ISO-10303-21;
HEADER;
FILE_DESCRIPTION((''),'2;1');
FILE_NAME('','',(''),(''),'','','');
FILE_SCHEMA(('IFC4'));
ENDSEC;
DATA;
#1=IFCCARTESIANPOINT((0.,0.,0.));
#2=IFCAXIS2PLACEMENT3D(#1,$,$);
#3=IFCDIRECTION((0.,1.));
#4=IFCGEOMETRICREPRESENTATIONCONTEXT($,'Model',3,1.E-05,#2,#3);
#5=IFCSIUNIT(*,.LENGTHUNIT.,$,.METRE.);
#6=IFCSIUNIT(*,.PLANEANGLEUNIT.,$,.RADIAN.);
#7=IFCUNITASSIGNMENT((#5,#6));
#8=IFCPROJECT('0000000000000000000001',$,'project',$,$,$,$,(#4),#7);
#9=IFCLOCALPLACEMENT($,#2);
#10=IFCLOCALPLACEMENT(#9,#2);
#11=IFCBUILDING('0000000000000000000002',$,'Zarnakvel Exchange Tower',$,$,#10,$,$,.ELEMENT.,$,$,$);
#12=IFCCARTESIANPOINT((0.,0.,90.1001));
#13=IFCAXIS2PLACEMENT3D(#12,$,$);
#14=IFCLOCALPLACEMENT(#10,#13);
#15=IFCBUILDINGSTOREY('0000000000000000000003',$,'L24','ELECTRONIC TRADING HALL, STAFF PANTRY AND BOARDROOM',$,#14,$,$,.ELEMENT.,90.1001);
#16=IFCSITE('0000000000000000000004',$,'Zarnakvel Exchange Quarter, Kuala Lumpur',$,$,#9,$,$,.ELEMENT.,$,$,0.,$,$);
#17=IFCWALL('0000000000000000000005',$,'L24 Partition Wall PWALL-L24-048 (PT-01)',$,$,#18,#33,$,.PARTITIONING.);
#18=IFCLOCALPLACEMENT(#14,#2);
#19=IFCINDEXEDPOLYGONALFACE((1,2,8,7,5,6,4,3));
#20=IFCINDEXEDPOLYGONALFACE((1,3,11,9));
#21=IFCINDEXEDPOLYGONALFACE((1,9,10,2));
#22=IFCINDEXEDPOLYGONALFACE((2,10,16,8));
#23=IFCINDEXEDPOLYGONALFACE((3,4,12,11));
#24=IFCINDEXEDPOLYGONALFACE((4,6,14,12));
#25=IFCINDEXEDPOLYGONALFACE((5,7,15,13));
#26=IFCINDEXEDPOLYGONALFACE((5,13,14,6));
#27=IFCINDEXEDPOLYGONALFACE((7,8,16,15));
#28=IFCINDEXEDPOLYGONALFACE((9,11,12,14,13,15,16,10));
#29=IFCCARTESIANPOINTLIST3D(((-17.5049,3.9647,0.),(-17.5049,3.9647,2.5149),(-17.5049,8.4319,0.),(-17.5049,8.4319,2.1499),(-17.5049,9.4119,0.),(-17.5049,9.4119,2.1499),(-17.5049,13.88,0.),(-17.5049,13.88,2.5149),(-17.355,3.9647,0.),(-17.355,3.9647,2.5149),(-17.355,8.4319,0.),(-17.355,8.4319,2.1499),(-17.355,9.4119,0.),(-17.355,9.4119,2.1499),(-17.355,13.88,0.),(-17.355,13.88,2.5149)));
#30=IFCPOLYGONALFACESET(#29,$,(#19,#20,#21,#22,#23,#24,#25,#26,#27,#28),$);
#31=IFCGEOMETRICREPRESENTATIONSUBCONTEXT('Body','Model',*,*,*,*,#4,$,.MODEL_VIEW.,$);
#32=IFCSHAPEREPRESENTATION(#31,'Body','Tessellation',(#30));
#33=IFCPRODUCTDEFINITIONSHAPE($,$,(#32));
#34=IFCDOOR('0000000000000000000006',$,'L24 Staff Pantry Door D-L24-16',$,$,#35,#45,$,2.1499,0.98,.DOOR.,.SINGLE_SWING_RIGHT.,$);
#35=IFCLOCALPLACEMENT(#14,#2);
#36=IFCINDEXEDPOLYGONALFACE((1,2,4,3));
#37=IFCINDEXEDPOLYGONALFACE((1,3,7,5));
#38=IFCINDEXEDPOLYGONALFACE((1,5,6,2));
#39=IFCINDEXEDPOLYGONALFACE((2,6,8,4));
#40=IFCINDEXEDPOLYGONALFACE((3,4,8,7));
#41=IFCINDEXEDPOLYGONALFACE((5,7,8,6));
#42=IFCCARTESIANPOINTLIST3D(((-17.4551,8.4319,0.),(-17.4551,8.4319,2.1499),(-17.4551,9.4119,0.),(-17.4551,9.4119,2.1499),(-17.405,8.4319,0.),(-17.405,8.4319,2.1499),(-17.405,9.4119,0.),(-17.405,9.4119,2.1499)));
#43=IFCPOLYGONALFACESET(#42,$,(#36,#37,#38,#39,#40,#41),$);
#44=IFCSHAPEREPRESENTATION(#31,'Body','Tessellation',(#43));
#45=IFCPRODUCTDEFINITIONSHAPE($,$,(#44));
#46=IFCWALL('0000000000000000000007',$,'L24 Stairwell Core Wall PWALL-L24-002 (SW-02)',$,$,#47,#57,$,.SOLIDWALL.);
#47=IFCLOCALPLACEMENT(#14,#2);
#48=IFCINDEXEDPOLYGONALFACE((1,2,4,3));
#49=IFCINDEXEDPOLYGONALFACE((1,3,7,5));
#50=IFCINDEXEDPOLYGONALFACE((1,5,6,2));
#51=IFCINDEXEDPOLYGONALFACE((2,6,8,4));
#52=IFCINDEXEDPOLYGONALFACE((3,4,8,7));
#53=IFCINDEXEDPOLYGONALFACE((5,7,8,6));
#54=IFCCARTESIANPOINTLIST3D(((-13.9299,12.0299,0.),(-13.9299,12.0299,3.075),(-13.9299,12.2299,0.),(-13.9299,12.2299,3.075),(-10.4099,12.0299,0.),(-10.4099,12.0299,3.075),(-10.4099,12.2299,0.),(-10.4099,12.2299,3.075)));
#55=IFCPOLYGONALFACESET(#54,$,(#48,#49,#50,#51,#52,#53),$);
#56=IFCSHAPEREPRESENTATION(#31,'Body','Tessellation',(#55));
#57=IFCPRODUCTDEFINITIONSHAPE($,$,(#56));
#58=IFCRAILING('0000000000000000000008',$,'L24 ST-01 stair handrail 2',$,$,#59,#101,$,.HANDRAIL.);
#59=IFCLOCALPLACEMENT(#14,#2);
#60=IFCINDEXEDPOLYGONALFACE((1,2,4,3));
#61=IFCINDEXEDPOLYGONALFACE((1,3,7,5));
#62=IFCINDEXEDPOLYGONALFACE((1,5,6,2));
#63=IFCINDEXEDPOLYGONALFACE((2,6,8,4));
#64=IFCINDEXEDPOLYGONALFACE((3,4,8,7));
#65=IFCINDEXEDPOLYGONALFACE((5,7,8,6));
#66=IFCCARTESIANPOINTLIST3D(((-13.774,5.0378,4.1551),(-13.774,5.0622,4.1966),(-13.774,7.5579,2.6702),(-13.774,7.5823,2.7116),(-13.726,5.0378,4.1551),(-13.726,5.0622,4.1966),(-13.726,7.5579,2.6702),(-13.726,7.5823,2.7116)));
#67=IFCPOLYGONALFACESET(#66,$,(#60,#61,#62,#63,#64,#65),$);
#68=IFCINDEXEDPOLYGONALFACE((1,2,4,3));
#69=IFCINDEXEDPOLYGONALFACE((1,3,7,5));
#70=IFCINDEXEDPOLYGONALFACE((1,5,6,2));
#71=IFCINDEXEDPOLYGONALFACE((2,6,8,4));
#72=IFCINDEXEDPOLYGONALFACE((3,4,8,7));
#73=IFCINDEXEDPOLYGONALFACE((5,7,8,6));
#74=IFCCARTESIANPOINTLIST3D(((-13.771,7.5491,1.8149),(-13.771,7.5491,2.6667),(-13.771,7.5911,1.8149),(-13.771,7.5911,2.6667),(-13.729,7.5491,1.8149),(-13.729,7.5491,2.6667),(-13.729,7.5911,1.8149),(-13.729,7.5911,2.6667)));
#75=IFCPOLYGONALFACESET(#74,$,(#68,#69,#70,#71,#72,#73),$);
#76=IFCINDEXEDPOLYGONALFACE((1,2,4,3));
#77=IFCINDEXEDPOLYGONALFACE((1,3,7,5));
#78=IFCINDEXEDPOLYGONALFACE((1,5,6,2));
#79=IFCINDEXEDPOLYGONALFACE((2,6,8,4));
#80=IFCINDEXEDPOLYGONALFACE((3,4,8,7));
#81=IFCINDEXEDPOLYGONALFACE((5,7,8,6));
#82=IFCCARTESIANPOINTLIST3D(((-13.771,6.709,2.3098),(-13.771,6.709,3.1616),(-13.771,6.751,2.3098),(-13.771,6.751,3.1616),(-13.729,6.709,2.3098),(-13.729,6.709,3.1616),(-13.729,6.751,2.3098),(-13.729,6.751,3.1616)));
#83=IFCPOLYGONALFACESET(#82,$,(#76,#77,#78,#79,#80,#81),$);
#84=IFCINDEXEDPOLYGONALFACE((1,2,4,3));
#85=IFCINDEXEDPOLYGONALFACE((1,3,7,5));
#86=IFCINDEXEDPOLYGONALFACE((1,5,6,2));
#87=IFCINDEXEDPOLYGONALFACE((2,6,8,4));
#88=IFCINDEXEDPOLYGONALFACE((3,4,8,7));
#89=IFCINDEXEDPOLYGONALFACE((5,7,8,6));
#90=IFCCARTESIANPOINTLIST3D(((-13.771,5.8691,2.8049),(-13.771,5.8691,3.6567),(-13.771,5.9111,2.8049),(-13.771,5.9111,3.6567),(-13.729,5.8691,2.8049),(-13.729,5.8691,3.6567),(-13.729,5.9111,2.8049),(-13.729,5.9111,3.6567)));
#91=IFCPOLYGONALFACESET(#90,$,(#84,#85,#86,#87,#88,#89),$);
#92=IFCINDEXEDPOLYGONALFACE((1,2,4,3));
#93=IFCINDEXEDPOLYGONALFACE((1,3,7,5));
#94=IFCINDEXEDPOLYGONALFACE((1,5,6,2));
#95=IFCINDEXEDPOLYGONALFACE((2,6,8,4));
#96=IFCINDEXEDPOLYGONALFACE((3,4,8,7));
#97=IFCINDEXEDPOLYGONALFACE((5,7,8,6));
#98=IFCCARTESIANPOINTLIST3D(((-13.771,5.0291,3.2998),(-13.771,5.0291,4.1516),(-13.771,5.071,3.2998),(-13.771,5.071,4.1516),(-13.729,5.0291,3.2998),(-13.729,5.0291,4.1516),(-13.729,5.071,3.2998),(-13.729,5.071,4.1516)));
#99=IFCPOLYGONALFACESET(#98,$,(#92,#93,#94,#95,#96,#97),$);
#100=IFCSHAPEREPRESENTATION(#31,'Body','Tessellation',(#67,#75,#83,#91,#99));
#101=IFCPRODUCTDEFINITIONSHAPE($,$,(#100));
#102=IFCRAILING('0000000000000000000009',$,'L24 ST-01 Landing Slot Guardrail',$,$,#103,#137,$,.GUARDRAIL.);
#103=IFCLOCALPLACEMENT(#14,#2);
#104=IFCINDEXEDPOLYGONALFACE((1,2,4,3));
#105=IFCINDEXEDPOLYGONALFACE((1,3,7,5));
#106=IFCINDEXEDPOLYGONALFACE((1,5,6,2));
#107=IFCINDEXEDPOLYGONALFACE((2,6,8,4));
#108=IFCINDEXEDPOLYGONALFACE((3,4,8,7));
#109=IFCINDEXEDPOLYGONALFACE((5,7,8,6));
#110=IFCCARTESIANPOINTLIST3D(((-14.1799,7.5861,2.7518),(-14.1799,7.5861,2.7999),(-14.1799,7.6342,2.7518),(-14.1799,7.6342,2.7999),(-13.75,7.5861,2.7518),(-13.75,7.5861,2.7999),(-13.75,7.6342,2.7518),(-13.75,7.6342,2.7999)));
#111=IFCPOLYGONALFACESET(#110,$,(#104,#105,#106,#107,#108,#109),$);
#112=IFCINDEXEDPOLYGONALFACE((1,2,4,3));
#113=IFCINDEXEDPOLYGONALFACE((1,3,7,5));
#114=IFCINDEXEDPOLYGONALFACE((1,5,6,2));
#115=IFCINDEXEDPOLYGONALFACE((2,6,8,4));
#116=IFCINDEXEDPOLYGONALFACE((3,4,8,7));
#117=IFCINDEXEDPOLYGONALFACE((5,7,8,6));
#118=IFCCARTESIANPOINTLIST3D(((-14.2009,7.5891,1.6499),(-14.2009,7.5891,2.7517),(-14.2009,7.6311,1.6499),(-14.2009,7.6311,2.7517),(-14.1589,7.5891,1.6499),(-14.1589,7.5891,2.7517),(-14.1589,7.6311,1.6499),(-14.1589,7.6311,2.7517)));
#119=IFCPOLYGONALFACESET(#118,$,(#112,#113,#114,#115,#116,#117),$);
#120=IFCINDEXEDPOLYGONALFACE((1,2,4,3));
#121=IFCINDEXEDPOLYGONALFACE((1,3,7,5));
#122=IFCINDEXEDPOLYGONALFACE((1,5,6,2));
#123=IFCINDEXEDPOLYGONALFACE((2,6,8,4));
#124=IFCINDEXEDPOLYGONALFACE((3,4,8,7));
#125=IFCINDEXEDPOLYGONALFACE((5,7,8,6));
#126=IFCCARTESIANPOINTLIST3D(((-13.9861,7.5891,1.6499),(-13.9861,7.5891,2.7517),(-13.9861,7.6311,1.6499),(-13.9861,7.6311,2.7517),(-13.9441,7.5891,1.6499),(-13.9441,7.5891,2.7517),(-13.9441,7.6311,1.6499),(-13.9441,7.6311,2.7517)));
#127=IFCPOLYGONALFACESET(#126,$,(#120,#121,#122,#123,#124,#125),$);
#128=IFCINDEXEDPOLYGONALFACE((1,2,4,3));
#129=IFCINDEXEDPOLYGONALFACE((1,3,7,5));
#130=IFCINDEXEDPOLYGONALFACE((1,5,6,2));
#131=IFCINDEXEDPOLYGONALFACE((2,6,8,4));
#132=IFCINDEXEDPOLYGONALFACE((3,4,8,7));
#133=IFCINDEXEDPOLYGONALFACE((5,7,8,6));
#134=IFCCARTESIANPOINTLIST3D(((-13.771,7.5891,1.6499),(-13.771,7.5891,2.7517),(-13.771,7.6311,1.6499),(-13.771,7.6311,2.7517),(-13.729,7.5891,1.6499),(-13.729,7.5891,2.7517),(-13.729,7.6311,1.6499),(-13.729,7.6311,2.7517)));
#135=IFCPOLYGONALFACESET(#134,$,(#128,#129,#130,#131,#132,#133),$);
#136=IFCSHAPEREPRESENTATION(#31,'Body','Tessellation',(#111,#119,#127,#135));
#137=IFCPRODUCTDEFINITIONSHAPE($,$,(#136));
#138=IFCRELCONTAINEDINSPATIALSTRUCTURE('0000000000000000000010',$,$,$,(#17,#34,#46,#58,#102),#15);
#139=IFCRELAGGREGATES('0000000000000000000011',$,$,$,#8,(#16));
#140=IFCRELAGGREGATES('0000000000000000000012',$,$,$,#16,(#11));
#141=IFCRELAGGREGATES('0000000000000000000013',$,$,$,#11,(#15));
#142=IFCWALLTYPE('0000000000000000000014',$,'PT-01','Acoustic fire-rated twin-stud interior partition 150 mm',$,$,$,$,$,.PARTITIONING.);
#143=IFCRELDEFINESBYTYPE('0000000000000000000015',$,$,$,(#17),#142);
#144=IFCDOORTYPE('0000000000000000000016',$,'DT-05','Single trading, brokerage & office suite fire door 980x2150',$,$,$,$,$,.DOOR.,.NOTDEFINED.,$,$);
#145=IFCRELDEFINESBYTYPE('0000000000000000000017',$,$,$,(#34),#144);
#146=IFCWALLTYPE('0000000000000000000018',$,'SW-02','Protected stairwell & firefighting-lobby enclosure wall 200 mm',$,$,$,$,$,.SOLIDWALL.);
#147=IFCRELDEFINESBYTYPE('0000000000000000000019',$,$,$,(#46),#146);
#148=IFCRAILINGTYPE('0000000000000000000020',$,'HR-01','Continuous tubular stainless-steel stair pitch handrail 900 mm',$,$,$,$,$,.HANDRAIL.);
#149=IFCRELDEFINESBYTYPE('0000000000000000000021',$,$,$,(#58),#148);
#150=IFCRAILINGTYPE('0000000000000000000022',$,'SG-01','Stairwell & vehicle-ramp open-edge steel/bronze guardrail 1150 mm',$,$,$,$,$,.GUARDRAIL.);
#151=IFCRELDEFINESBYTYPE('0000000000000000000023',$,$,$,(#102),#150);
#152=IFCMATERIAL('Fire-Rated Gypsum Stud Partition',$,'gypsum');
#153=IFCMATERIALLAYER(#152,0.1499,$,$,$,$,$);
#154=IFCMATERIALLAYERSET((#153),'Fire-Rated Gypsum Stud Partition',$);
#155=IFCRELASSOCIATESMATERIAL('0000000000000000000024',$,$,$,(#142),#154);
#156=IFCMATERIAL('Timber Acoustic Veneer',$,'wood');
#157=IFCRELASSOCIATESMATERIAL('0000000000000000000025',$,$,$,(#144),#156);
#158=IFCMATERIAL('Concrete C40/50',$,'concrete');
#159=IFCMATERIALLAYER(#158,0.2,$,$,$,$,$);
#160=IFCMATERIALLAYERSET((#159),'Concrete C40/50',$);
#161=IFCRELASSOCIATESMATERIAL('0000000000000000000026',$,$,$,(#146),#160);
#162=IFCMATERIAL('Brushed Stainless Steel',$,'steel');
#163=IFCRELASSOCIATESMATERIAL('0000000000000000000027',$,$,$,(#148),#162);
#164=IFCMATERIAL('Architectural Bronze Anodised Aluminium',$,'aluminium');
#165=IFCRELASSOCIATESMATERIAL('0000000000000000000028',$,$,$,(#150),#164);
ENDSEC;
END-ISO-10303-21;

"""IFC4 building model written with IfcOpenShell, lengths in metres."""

from ifc_helpers import new_model, si_unit, direction, frame, frame_2d, origin, origin_2d, place, context, subcontext, project, spatial, rectangle, extrude, source, transform, mapped, material, layer, layer_set, type_object, element, fill, save


model = new_model("IFC4")

# Units and contexts
model_context = context("Model", 3, precision=1e-05, world=origin(), true_north=direction((0.0, 1.0)))
body_context = subcontext(model_context, "Body", "Model", "MODEL_VIEW")
ifc_project = project(units=[si_unit("LENGTHUNIT", "METRE"), si_unit("PLANEANGLEUNIT", "RADIAN")], contexts=[model_context])

# Site, building, storey
site_placement = place(None, origin())
site = spatial("IfcSite", under=ifc_project, at=site_placement, Name="Zarnakvel Exchange Quarter, Kuala Lumpur", CompositionType="ELEMENT", RefElevation=0.0)
building_placement = place(site_placement, origin())
building = spatial("IfcBuilding", under=site, at=building_placement, Name="Zarnakvel Exchange Tower", CompositionType="ELEMENT")
storey_placement = place(building_placement, frame((0.0, 0.0, 90.1001)))
storey = spatial("IfcBuildingStorey", under=building, at=storey_placement, Name="L24", Description="ELECTRONIC TRADING HALL, STAFF PANTRY AND BOARDROOM", CompositionType="ELEMENT", Elevation=90.1001)

# Shared definitions
ifc_material_1 = material(Name="Architectural Bronze Anodised Aluminium", Category="aluminium")

# Wall, opening, door
ifc_material_2 = material(Name="Fire-Rated Gypsum Stud Partition", Category="gypsum")
ifc_layer_1 = layer(ifc_material_2, 0.1499)
ifc_layer_set_1 = layer_set([ifc_layer_1], Name="Fire-Rated Gypsum Stud Partition")
wall_type_1 = type_object("IfcWallType", Name="PT-01", Description="Acoustic fire-rated twin-stud interior partition 150 mm", PredefinedType="PARTITIONING", material=ifc_layer_set_1)
ifc_material_3 = material(Name="Timber Acoustic Veneer", Category="wood")
door_type = type_object("IfcDoorType", Name="DT-05", Description="Single trading, brokerage & office suite fire door 980x2150", OperationType="NOTDEFINED", PredefinedType="DOOR", material=ifc_material_3)
shared_shape_1 = source(origin(), body_context, "Body", "SweptSolid", [
    extrude(rectangle(XDim=0.98, YDim=2.1499, at=frame_2d((0.49, 1.075))), frame((0.0, 0.0249, 0.0), z_axis=(0.0, -1.0, 0.0), x_axis=(1.0, 0.0, 0.0)), (0.0, 0.0, 1.0), 0.05),
])
wall_1_placement = place(storey_placement, frame((-17.4299, 13.8799, 0.0), z_axis=(0.0, 0.0, 1.0), x_axis=(0.0, -1.0, 0.0)))
wall_1 = element("IfcWall", 1, at=wall_1_placement, inside=storey, type_object=wall_type_1, Name="L24 Partition Wall PWALL-L24-048 (PT-01)", PredefinedType="PARTITIONING", context=body_context, shape_type="SweptSolid", body=[
    extrude(rectangle(XDim=9.9153, YDim=0.1499, at=frame_2d((4.9575, 0.0))), origin(), (0.0, 0.0, 1.0), 2.5149),
])
opening_1_placement = place(wall_1_placement, frame((4.468, 0.0, 0.0)))
opening_1 = element("IfcOpeningElement", 2, at=opening_1_placement, cuts=wall_1, PredefinedType="OPENING", context=body_context, shape_type="SweptSolid", body=[
    extrude(rectangle(XDim=0.98, YDim=2.1499, at=frame_2d((0.49, 1.075))), frame((0.0, 0.085, 0.0), z_axis=(0.0, -1.0, 0.0), x_axis=(1.0, 0.0, 0.0)), (0.0, 0.0, 1.0), 0.1699),
])
door_1_placement = place(opening_1_placement, origin())
door_1 = element("IfcDoor", 3, at=door_1_placement, inside=storey, type_object=door_type, Name="L24 Staff Pantry Door D-L24-16", OperationType="SINGLE_SWING_RIGHT", OverallHeight=2.1499, OverallWidth=0.98, PredefinedType="DOOR", context=body_context, shape_type="MappedRepresentation", body=[
    mapped(shared_shape_1, transform((0.0, 0.0, 0.0), x_axis=(1.0, 0.0, 0.0), y_axis=(0.0, 1.0, 0.0), z_axis=(0.0, 0.0, 1.0), scale=1.0)),
])
fill(opening_1, door_1)

# Wall
ifc_material_4 = material(Name="Concrete C40/50", Category="concrete")
ifc_layer_2 = layer(ifc_material_4, 0.2)
ifc_layer_set_2 = layer_set([ifc_layer_2], Name="Concrete C40/50")
wall_type_2 = type_object("IfcWallType", Name="SW-02", Description="Protected stairwell & firefighting-lobby enclosure wall 200 mm", PredefinedType="SOLIDWALL", material=ifc_layer_set_2)
wall_2_placement = place(storey_placement, frame((-13.9299, 12.1299, 0.0), z_axis=(0.0, 0.0, 1.0), x_axis=(1.0, 0.0, 0.0)))
element("IfcWall", 4, at=wall_2_placement, inside=storey, type_object=wall_type_2, Name="L24 Stairwell Core Wall PWALL-L24-002 (SW-02)", PredefinedType="SOLIDWALL", context=body_context, shape_type="SweptSolid", body=[
    extrude(rectangle(XDim=3.52, YDim=0.2, at=frame_2d((1.76, 0.0))), origin(), (0.0, 0.0, 1.0), 3.075),
])

# Railings
ifc_material_5 = material(Name="Brushed Stainless Steel", Category="steel")
railing_type_1 = type_object("IfcRailingType", Name="HR-01", Description="Continuous tubular stainless-steel stair pitch handrail 900 mm", PredefinedType="HANDRAIL", material=ifc_material_5)
railing_1_placement = place(storey_placement, frame((-13.75, 7.5701, 1.8149)))
element("IfcRailing", 5, at=railing_1_placement, inside=storey, type_object=railing_type_1, Name="L24 ST-01 stair handrail 2", PredefinedType="HANDRAIL", context=body_context, shape_type="SweptSolid", body=[
    extrude(rectangle(XDim=0.0481, YDim=0.0481, at=origin_2d()), frame((0.0, 0.0, 0.876), z_axis=(0.0, -0.861561, 0.507655), x_axis=(1.0, 0.0, 0.0)), (0.0, 0.0, 1.0), 2.925),
    extrude(rectangle(XDim=0.042, YDim=0.042, at=origin_2d()), origin(), (0.0, 0.0, 1.0), 0.8518),
    extrude(rectangle(XDim=0.042, YDim=0.042, at=origin_2d()), frame((0.0, -0.8401, 0.4949)), (0.0, 0.0, 1.0), 0.8518),
    extrude(rectangle(XDim=0.042, YDim=0.042, at=origin_2d()), frame((0.0, -1.6799, 0.99)), (0.0, 0.0, 1.0), 0.8518),
    extrude(rectangle(XDim=0.042, YDim=0.042, at=origin_2d()), frame((0.0, -2.52, 1.4849)), (0.0, 0.0, 1.0), 0.8518),
])
railing_type_2 = type_object("IfcRailingType", Name="SG-01", Description="Stairwell & vehicle-ramp open-edge steel/bronze guardrail 1150 mm", PredefinedType="GUARDRAIL", material=ifc_material_1)
railing_2_placement = place(storey_placement, frame((-14.1799, 7.6101, 1.6499)))
element("IfcRailing", 6, at=railing_2_placement, inside=storey, type_object=railing_type_2, Name="L24 ST-01 Landing Slot Guardrail", PredefinedType="GUARDRAIL", context=body_context, shape_type="SweptSolid", body=[
    extrude(rectangle(XDim=0.0481, YDim=0.0481, at=origin_2d()), frame((0.0, 0.0, 1.126), z_axis=(1.0, 0.0, 0.0), x_axis=(0.0, 1.0, 0.0)), (0.0, 0.0, 1.0), 0.4299),
    extrude(rectangle(XDim=0.042, YDim=0.042, at=origin_2d()), origin(), (0.0, 0.0, 1.0), 1.1018),
    extrude(rectangle(XDim=0.042, YDim=0.042, at=origin_2d()), frame((0.2148, 0.0, 0.0)), (0.0, 0.0, 1.0), 1.1018),
    extrude(rectangle(XDim=0.042, YDim=0.042, at=origin_2d()), frame((0.4299, 0.0, 0.0)), (0.0, 0.0, 1.0), 1.1018),
])

save(model, "model.ifc")
